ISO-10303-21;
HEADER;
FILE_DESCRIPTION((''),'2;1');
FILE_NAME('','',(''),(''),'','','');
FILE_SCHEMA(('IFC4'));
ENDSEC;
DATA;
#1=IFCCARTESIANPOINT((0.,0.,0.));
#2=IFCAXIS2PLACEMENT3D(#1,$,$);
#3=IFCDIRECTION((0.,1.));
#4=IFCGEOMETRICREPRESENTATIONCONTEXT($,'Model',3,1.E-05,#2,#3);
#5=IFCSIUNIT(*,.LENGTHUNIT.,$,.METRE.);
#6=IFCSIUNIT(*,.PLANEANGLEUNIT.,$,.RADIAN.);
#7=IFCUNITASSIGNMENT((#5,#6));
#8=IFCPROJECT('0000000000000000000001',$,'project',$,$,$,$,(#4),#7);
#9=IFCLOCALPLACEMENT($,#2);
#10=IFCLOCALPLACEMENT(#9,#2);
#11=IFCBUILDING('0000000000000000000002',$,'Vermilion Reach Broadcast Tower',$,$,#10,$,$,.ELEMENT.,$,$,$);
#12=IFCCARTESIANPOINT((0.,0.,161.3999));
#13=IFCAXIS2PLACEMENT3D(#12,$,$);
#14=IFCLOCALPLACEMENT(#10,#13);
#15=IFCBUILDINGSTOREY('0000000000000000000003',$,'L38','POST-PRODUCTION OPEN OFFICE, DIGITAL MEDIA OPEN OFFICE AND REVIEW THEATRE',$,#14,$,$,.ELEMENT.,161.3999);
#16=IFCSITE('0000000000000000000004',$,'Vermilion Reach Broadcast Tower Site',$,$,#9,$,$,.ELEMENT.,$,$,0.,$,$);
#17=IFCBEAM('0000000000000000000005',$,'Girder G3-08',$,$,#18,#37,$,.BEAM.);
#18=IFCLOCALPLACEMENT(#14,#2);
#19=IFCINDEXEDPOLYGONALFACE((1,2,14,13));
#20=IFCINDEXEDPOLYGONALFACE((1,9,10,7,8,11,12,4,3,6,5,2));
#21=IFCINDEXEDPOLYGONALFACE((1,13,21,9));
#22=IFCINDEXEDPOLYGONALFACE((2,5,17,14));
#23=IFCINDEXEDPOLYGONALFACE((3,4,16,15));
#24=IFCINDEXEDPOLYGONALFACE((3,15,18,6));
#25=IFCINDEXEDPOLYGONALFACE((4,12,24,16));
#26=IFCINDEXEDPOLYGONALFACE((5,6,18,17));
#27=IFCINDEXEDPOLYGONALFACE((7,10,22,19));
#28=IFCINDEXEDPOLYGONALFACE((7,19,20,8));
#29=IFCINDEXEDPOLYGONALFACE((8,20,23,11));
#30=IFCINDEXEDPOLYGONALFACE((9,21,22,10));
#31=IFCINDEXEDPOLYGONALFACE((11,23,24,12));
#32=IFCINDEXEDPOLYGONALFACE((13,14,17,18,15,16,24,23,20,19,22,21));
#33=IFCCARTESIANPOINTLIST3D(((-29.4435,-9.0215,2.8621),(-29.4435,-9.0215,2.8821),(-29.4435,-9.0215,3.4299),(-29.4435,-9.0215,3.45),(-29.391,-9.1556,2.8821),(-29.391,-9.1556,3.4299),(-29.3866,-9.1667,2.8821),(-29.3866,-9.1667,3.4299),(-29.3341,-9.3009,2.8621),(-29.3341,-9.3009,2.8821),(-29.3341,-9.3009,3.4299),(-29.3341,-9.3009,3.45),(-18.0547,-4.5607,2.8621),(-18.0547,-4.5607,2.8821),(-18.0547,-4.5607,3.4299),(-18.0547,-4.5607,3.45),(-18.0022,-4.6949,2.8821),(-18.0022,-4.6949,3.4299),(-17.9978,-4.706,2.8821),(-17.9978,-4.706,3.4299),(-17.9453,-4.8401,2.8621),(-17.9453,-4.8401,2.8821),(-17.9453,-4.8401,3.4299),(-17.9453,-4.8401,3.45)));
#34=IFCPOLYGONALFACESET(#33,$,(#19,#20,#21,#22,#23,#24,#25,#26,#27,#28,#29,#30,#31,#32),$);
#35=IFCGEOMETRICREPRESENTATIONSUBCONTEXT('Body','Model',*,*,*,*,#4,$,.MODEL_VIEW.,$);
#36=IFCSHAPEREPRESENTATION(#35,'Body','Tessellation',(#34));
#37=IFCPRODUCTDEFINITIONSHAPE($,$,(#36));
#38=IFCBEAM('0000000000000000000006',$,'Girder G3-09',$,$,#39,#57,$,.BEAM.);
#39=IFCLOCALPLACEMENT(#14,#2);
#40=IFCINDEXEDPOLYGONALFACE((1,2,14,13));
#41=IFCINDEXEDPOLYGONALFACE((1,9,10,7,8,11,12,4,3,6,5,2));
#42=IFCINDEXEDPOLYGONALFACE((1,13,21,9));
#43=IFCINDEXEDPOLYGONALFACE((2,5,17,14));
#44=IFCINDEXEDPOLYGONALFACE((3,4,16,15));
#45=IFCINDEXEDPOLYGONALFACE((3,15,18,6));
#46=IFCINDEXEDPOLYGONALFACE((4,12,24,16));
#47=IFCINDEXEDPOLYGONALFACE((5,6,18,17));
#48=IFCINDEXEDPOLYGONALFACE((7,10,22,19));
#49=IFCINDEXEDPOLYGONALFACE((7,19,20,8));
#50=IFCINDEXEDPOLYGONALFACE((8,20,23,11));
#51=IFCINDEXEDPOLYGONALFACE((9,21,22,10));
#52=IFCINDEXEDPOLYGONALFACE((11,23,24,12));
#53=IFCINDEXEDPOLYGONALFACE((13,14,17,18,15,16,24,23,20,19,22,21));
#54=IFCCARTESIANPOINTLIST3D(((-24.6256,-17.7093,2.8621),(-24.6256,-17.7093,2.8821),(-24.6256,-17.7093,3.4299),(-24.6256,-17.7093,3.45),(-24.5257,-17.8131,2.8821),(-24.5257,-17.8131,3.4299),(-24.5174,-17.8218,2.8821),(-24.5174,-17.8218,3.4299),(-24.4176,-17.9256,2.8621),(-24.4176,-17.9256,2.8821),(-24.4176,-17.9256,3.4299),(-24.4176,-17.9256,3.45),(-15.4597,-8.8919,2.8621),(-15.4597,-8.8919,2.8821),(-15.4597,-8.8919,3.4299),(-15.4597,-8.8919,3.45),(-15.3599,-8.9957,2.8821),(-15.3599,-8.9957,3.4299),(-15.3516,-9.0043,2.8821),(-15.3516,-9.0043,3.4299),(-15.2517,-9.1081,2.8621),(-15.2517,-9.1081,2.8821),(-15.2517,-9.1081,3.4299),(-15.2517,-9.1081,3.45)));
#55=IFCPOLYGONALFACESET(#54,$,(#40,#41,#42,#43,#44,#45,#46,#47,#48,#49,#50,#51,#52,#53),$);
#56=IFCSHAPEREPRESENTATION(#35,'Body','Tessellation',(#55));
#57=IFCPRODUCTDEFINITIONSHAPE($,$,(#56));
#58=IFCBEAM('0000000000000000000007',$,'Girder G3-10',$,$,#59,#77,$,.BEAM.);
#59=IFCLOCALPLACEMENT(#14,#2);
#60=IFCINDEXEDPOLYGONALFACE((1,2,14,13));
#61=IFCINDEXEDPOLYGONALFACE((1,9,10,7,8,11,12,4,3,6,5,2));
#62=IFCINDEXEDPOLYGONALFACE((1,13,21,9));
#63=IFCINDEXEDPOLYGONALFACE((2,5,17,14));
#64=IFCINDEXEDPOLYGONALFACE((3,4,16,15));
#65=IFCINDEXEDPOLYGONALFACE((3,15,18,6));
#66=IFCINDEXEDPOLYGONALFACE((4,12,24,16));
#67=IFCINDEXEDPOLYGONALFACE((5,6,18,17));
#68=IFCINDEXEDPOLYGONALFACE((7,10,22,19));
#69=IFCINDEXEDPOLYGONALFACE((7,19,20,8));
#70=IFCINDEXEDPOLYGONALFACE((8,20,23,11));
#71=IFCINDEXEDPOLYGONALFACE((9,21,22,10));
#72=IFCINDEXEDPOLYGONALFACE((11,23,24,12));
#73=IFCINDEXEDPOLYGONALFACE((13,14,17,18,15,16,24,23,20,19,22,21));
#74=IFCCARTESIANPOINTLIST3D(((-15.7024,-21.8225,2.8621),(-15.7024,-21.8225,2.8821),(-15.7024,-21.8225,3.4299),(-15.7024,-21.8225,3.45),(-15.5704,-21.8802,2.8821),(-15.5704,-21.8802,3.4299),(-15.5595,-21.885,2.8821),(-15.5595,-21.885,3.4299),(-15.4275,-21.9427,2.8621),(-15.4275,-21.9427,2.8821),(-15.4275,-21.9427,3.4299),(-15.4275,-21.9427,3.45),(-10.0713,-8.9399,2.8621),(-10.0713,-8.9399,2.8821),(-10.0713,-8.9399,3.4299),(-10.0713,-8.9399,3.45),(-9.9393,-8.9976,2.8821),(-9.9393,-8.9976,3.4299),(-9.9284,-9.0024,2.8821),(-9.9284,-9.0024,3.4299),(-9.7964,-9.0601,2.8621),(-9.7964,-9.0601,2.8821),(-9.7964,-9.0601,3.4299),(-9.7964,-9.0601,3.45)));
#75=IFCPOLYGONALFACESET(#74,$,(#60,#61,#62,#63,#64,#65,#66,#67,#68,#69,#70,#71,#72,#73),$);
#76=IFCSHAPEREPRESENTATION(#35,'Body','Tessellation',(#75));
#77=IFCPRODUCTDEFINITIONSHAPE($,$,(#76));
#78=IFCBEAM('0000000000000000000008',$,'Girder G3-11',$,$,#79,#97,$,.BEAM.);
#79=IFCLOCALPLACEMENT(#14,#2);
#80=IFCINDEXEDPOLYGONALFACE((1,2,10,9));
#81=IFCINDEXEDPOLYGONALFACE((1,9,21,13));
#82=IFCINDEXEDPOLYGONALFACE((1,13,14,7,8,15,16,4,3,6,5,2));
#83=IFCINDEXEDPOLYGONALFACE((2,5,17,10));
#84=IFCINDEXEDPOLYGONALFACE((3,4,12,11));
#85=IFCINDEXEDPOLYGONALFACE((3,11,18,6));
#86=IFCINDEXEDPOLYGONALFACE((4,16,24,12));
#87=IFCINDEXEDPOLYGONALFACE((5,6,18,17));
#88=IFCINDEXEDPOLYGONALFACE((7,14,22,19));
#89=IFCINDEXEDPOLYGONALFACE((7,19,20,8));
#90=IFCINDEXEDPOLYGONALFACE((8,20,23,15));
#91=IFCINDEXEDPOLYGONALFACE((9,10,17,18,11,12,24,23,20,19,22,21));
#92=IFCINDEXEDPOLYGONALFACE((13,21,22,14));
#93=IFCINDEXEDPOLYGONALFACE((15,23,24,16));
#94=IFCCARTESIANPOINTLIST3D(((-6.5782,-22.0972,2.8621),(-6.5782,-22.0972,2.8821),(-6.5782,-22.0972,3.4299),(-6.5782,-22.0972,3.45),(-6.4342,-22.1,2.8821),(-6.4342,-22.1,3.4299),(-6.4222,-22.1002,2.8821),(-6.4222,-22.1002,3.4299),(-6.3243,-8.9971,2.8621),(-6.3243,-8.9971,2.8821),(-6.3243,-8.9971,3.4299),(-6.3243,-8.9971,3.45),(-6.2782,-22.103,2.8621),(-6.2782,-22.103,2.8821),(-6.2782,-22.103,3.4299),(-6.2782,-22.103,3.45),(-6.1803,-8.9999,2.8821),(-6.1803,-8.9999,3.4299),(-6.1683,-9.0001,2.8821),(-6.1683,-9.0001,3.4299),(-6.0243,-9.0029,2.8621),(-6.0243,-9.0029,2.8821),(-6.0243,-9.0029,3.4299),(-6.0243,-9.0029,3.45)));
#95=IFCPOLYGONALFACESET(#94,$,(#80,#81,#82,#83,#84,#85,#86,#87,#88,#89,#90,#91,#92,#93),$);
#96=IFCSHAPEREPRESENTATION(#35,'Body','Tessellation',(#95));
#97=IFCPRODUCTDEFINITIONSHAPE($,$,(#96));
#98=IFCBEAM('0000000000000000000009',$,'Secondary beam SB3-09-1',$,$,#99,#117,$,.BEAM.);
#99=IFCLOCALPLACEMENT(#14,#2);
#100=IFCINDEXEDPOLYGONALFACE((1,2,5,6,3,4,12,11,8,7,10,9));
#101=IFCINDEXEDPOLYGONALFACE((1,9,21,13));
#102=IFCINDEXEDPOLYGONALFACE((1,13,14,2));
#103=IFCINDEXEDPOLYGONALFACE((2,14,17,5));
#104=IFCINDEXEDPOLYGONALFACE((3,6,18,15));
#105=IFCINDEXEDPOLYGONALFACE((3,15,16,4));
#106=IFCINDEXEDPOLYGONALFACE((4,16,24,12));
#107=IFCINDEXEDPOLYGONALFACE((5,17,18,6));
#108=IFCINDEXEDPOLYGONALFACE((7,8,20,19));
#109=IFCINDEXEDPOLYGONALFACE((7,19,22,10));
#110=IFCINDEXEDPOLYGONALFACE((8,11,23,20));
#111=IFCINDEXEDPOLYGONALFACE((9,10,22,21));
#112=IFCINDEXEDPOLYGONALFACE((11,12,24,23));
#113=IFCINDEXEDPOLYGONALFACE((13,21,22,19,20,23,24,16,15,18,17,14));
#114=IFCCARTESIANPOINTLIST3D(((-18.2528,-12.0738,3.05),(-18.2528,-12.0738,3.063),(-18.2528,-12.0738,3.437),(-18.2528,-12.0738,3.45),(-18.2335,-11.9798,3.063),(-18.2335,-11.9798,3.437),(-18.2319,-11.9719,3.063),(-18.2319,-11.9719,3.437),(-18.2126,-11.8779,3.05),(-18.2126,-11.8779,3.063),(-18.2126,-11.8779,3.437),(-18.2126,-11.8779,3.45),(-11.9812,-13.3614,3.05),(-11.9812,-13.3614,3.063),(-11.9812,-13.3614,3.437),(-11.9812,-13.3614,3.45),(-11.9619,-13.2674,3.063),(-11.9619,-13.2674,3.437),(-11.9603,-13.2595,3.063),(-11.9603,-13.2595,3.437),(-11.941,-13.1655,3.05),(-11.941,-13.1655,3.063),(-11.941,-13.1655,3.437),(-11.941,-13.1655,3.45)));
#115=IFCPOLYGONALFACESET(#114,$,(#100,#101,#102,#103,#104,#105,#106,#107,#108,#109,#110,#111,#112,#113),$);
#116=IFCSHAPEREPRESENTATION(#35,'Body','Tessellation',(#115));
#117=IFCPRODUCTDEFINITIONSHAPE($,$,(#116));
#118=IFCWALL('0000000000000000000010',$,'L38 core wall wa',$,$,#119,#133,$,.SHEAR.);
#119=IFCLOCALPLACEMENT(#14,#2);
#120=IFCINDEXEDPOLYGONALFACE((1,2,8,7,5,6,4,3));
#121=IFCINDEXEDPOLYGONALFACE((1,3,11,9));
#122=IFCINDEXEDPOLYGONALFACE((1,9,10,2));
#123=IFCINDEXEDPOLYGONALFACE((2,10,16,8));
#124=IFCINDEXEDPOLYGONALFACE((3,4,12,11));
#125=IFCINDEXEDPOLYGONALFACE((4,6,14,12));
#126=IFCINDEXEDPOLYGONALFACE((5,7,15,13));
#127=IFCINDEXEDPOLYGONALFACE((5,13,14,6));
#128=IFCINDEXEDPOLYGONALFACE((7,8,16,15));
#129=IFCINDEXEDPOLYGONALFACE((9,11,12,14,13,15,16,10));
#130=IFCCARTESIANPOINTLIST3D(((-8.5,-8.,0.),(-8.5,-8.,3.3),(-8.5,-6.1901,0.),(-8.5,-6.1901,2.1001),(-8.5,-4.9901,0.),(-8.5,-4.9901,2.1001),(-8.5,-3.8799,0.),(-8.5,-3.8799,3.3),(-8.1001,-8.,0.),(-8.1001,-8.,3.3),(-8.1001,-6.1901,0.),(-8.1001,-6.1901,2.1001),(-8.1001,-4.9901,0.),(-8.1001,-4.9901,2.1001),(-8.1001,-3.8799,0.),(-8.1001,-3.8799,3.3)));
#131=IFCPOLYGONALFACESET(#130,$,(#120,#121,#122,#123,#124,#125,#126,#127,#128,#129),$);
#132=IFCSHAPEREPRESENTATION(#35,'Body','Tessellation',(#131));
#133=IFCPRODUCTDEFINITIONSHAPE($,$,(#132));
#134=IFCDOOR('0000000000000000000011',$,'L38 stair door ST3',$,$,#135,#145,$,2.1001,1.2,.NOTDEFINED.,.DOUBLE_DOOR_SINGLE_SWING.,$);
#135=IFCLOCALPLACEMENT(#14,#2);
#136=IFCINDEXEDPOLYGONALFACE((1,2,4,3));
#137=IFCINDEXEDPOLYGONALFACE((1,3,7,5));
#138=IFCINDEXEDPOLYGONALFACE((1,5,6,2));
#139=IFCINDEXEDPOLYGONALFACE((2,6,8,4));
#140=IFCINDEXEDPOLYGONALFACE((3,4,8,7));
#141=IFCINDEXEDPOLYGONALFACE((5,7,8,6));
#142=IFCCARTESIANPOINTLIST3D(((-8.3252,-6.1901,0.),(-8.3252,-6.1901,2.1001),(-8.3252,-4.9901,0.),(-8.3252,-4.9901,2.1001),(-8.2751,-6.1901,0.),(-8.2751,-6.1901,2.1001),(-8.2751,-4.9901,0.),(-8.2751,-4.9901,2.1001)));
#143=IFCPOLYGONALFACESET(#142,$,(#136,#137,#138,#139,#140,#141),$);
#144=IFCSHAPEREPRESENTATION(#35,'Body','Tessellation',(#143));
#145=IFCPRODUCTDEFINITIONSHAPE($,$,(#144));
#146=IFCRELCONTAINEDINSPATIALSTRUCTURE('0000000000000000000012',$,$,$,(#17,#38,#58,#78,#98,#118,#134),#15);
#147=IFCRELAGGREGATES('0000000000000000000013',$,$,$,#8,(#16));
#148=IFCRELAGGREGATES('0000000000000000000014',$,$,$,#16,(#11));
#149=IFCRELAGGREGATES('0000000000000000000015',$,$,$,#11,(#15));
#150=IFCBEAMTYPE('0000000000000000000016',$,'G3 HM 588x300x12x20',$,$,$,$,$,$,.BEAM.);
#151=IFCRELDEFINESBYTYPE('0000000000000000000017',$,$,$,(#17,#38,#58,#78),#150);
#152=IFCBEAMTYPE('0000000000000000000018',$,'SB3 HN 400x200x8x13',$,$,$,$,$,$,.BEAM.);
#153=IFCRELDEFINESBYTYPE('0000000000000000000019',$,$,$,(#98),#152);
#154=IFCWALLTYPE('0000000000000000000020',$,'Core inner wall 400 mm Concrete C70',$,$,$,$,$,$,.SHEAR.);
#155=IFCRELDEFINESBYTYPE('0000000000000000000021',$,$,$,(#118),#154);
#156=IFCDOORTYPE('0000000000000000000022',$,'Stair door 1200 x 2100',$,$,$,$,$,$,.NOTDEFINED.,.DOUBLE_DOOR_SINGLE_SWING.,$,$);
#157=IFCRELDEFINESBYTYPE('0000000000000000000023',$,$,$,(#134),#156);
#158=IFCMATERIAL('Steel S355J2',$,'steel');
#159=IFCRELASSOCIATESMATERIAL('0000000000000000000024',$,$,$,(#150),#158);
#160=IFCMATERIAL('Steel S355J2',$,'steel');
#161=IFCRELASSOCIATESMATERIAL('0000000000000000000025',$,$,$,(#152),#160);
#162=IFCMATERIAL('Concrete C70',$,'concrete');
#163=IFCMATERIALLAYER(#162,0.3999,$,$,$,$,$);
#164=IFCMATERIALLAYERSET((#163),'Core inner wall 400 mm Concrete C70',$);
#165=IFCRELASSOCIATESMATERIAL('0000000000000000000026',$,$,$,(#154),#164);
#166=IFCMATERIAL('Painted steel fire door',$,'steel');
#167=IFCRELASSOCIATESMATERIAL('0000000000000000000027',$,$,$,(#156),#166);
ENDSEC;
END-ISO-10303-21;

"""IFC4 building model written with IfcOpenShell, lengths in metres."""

from ifc_helpers import new_model, si_unit, direction, frame, frame_2d, origin, origin_2d, place, context, subcontext, project, spatial, rectangle, i_section, extrude, material, layer, layer_set, material_profile, profile_set, type_object, element, fill, save


model = new_model("IFC4")

# Units and contexts
model_context = context("Model", 3, precision=1e-05, world=origin(), true_north=direction((0.0, 1.0)))
body_context = subcontext(model_context, "Body", "Model", "MODEL_VIEW")
ifc_project = project(units=[si_unit("LENGTHUNIT", "METRE"), si_unit("PLANEANGLEUNIT", "RADIAN")], contexts=[model_context])

# Site, building, storey
site_placement = place(None, origin())
site = spatial("IfcSite", under=ifc_project, at=site_placement, Name="Vermilion Reach Broadcast Tower Site", CompositionType="ELEMENT", RefElevation=0.0)
building_placement = place(site_placement, origin())
building = spatial("IfcBuilding", under=site, at=building_placement, Name="Vermilion Reach Broadcast Tower", CompositionType="ELEMENT")
storey_placement = place(building_placement, frame((0.0, 0.0, 161.3999)))
storey = spatial("IfcBuildingStorey", under=building, at=storey_placement, Name="L38", Description="POST-PRODUCTION OPEN OFFICE, DIGITAL MEDIA OPEN OFFICE AND REVIEW THEATRE", CompositionType="ELEMENT", Elevation=161.3999)

# Beams
ifc_material_1 = material(Name="Steel S355J2", Category="steel")
ifc_material_profile_1 = material_profile(ifc_material_1, i_section(OverallWidth=0.3, OverallDepth=0.5879, WebThickness=0.012, FlangeThickness=0.02, at=origin_2d()), Name="S355J2 HM 588x300x12x20")
ifc_profile_set_1 = profile_set([ifc_material_profile_1], Name="Steel S355J2")
beam_type_1 = type_object("IfcBeamType", Name="G3 HM 588x300x12x20", PredefinedType="BEAM", material=ifc_profile_set_1)
beam_1_placement = place(storey_placement, frame((-18.0, -4.7004, 3.156), z_axis=(-0.931125, -0.364701, 0.0), x_axis=(0.364701, -0.931125, 0.0)))
element("IfcBeam", 1, at=beam_1_placement, inside=storey, type_object=beam_type_1, Name="Girder G3-08", PredefinedType="BEAM", context=body_context, shape_type="SweptSolid", body=[
    extrude(i_section(OverallWidth=0.3, OverallDepth=0.5879, WebThickness=0.012, FlangeThickness=0.02, at=origin_2d()), origin(), (0.0, 0.0, 1.0), 12.2312),
])
beam_2_placement = place(storey_placement, frame((-15.3557, -9.0, 3.156), z_axis=(-0.72067, -0.693278, 0.0), x_axis=(0.693278, -0.72067, 0.0)))
element("IfcBeam", 2, at=beam_2_placement, inside=storey, type_object=beam_type_1, Name="Girder G3-09", PredefinedType="BEAM", context=body_context, shape_type="SweptSolid", body=[
    extrude(i_section(OverallWidth=0.3, OverallDepth=0.5879, WebThickness=0.012, FlangeThickness=0.02, at=origin_2d()), origin(), (0.0, 0.0, 1.0), 12.7185),
])
beam_3_placement = place(storey_placement, frame((-9.9338, -9.0, 3.156), z_axis=(-0.400519, -0.916288, 0.0), x_axis=(0.916288, -0.400519, 0.0)))
element("IfcBeam", 3, at=beam_3_placement, inside=storey, type_object=beam_type_1, Name="Girder G3-10", PredefinedType="BEAM", context=body_context, shape_type="SweptSolid", body=[
    extrude(i_section(OverallWidth=0.3, OverallDepth=0.5879, WebThickness=0.012, FlangeThickness=0.02, at=origin_2d()), origin(), (0.0, 0.0, 1.0), 14.0596),
])
beam_4_placement = place(storey_placement, frame((-6.1743, -9.0, 3.156), z_axis=(-0.019378, -0.999812, 0.0), x_axis=(0.999812, -0.019378, 0.0)))
element("IfcBeam", 4, at=beam_4_placement, inside=storey, type_object=beam_type_1, Name="Girder G3-11", PredefinedType="BEAM", context=body_context, shape_type="SweptSolid", body=[
    extrude(i_section(OverallWidth=0.3, OverallDepth=0.5879, WebThickness=0.012, FlangeThickness=0.02, at=origin_2d()), origin(), (0.0, 0.0, 1.0), 13.1025),
])
ifc_material_2 = material(Name="Steel S355J2", Category="steel")
ifc_material_profile_2 = material_profile(ifc_material_2, i_section(OverallWidth=0.2, OverallDepth=0.3999, WebThickness=0.0081, FlangeThickness=0.0129, at=origin_2d()), Name="S355J2 HN 400x200x8x13")
ifc_profile_set_2 = profile_set([ifc_material_profile_2], Name="Steel S355J2")
beam_type_2 = type_object("IfcBeamType", Name="SB3 HN 400x200x8x13", PredefinedType="BEAM", material=ifc_profile_set_2)
beam_5_placement = place(storey_placement, frame((-18.2327, -11.9758, 3.25), z_axis=(0.979568, -0.201115, 0.0), x_axis=(0.201115, 0.979568, 0.0)))
element("IfcBeam", 5, at=beam_5_placement, inside=storey, type_object=beam_type_2, Name="Secondary beam SB3-09-1", PredefinedType="BEAM", context=body_context, shape_type="SweptSolid", body=[
    extrude(i_section(OverallWidth=0.2, OverallDepth=0.3999, WebThickness=0.0081, FlangeThickness=0.0129, at=origin_2d()), origin(), (0.0, 0.0, 1.0), 6.4023),
])

# Wall, opening, door
ifc_material_3 = material(Name="Concrete C70", Category="concrete")
ifc_layer_1 = layer(ifc_material_3, 0.3999)
ifc_layer_set_1 = layer_set([ifc_layer_1], Name="Core inner wall 400 mm Concrete C70")
wall_type_1 = type_object("IfcWallType", Name="Core inner wall 400 mm Concrete C70", PredefinedType="SHEAR", material=ifc_layer_set_1)
wall_1_placement = place(storey_placement, frame((-8.3, -3.8799, 0.0), z_axis=(0.0, 0.0, 1.0), x_axis=(0.0, -1.0, 0.0)))
wall_1 = element("IfcWall", 6, at=wall_1_placement, inside=storey, type_object=wall_type_1, Name="L38 core wall wa", PredefinedType="SHEAR", context=body_context, shape_type="SweptSolid", body=[
    extrude(rectangle(XDim=4.1201, YDim=0.3999, at=frame_2d((2.0601, 0.0))), origin(), (0.0, 0.0, 1.0), 3.3),
])
opening_1_placement = place(wall_1_placement, frame((1.1101, 0.0, 0.0)))
opening_1 = element("IfcOpeningElement", 7, at=opening_1_placement, cuts=wall_1, PredefinedType="OPENING", context=body_context, shape_type="SweptSolid", body=[
    extrude(rectangle(XDim=1.2, YDim=2.1001, at=frame_2d((0.6001, 1.05))), frame((0.0, 0.21, 0.0), z_axis=(0.0, -1.0, 0.0), x_axis=(1.0, 0.0, 0.0)), (0.0, 0.0, 1.0), 0.4199),
])
ifc_material_4 = material(Name="Painted steel fire door", Category="steel")
door_type_1 = type_object("IfcDoorType", Name="Stair door 1200 x 2100", OperationType="DOUBLE_DOOR_SINGLE_SWING", PredefinedType="NOTDEFINED", material=ifc_material_4)
door_1_placement = place(opening_1_placement, origin())
door_1 = element("IfcDoor", 8, at=door_1_placement, inside=storey, type_object=door_type_1, Name="L38 stair door ST3", OperationType="DOUBLE_DOOR_SINGLE_SWING", OverallHeight=2.1001, OverallWidth=1.2, PredefinedType="NOTDEFINED", context=body_context, shape_type="SweptSolid", body=[
    extrude(rectangle(XDim=1.2, YDim=2.1001, at=frame_2d((0.6001, 1.05))), frame((0.0, 0.0249, 0.0), z_axis=(0.0, -1.0, 0.0), x_axis=(1.0, 0.0, 0.0)), (0.0, 0.0, 1.0), 0.05),
])
fill(opening_1, door_1)

save(model, "model.ifc")
